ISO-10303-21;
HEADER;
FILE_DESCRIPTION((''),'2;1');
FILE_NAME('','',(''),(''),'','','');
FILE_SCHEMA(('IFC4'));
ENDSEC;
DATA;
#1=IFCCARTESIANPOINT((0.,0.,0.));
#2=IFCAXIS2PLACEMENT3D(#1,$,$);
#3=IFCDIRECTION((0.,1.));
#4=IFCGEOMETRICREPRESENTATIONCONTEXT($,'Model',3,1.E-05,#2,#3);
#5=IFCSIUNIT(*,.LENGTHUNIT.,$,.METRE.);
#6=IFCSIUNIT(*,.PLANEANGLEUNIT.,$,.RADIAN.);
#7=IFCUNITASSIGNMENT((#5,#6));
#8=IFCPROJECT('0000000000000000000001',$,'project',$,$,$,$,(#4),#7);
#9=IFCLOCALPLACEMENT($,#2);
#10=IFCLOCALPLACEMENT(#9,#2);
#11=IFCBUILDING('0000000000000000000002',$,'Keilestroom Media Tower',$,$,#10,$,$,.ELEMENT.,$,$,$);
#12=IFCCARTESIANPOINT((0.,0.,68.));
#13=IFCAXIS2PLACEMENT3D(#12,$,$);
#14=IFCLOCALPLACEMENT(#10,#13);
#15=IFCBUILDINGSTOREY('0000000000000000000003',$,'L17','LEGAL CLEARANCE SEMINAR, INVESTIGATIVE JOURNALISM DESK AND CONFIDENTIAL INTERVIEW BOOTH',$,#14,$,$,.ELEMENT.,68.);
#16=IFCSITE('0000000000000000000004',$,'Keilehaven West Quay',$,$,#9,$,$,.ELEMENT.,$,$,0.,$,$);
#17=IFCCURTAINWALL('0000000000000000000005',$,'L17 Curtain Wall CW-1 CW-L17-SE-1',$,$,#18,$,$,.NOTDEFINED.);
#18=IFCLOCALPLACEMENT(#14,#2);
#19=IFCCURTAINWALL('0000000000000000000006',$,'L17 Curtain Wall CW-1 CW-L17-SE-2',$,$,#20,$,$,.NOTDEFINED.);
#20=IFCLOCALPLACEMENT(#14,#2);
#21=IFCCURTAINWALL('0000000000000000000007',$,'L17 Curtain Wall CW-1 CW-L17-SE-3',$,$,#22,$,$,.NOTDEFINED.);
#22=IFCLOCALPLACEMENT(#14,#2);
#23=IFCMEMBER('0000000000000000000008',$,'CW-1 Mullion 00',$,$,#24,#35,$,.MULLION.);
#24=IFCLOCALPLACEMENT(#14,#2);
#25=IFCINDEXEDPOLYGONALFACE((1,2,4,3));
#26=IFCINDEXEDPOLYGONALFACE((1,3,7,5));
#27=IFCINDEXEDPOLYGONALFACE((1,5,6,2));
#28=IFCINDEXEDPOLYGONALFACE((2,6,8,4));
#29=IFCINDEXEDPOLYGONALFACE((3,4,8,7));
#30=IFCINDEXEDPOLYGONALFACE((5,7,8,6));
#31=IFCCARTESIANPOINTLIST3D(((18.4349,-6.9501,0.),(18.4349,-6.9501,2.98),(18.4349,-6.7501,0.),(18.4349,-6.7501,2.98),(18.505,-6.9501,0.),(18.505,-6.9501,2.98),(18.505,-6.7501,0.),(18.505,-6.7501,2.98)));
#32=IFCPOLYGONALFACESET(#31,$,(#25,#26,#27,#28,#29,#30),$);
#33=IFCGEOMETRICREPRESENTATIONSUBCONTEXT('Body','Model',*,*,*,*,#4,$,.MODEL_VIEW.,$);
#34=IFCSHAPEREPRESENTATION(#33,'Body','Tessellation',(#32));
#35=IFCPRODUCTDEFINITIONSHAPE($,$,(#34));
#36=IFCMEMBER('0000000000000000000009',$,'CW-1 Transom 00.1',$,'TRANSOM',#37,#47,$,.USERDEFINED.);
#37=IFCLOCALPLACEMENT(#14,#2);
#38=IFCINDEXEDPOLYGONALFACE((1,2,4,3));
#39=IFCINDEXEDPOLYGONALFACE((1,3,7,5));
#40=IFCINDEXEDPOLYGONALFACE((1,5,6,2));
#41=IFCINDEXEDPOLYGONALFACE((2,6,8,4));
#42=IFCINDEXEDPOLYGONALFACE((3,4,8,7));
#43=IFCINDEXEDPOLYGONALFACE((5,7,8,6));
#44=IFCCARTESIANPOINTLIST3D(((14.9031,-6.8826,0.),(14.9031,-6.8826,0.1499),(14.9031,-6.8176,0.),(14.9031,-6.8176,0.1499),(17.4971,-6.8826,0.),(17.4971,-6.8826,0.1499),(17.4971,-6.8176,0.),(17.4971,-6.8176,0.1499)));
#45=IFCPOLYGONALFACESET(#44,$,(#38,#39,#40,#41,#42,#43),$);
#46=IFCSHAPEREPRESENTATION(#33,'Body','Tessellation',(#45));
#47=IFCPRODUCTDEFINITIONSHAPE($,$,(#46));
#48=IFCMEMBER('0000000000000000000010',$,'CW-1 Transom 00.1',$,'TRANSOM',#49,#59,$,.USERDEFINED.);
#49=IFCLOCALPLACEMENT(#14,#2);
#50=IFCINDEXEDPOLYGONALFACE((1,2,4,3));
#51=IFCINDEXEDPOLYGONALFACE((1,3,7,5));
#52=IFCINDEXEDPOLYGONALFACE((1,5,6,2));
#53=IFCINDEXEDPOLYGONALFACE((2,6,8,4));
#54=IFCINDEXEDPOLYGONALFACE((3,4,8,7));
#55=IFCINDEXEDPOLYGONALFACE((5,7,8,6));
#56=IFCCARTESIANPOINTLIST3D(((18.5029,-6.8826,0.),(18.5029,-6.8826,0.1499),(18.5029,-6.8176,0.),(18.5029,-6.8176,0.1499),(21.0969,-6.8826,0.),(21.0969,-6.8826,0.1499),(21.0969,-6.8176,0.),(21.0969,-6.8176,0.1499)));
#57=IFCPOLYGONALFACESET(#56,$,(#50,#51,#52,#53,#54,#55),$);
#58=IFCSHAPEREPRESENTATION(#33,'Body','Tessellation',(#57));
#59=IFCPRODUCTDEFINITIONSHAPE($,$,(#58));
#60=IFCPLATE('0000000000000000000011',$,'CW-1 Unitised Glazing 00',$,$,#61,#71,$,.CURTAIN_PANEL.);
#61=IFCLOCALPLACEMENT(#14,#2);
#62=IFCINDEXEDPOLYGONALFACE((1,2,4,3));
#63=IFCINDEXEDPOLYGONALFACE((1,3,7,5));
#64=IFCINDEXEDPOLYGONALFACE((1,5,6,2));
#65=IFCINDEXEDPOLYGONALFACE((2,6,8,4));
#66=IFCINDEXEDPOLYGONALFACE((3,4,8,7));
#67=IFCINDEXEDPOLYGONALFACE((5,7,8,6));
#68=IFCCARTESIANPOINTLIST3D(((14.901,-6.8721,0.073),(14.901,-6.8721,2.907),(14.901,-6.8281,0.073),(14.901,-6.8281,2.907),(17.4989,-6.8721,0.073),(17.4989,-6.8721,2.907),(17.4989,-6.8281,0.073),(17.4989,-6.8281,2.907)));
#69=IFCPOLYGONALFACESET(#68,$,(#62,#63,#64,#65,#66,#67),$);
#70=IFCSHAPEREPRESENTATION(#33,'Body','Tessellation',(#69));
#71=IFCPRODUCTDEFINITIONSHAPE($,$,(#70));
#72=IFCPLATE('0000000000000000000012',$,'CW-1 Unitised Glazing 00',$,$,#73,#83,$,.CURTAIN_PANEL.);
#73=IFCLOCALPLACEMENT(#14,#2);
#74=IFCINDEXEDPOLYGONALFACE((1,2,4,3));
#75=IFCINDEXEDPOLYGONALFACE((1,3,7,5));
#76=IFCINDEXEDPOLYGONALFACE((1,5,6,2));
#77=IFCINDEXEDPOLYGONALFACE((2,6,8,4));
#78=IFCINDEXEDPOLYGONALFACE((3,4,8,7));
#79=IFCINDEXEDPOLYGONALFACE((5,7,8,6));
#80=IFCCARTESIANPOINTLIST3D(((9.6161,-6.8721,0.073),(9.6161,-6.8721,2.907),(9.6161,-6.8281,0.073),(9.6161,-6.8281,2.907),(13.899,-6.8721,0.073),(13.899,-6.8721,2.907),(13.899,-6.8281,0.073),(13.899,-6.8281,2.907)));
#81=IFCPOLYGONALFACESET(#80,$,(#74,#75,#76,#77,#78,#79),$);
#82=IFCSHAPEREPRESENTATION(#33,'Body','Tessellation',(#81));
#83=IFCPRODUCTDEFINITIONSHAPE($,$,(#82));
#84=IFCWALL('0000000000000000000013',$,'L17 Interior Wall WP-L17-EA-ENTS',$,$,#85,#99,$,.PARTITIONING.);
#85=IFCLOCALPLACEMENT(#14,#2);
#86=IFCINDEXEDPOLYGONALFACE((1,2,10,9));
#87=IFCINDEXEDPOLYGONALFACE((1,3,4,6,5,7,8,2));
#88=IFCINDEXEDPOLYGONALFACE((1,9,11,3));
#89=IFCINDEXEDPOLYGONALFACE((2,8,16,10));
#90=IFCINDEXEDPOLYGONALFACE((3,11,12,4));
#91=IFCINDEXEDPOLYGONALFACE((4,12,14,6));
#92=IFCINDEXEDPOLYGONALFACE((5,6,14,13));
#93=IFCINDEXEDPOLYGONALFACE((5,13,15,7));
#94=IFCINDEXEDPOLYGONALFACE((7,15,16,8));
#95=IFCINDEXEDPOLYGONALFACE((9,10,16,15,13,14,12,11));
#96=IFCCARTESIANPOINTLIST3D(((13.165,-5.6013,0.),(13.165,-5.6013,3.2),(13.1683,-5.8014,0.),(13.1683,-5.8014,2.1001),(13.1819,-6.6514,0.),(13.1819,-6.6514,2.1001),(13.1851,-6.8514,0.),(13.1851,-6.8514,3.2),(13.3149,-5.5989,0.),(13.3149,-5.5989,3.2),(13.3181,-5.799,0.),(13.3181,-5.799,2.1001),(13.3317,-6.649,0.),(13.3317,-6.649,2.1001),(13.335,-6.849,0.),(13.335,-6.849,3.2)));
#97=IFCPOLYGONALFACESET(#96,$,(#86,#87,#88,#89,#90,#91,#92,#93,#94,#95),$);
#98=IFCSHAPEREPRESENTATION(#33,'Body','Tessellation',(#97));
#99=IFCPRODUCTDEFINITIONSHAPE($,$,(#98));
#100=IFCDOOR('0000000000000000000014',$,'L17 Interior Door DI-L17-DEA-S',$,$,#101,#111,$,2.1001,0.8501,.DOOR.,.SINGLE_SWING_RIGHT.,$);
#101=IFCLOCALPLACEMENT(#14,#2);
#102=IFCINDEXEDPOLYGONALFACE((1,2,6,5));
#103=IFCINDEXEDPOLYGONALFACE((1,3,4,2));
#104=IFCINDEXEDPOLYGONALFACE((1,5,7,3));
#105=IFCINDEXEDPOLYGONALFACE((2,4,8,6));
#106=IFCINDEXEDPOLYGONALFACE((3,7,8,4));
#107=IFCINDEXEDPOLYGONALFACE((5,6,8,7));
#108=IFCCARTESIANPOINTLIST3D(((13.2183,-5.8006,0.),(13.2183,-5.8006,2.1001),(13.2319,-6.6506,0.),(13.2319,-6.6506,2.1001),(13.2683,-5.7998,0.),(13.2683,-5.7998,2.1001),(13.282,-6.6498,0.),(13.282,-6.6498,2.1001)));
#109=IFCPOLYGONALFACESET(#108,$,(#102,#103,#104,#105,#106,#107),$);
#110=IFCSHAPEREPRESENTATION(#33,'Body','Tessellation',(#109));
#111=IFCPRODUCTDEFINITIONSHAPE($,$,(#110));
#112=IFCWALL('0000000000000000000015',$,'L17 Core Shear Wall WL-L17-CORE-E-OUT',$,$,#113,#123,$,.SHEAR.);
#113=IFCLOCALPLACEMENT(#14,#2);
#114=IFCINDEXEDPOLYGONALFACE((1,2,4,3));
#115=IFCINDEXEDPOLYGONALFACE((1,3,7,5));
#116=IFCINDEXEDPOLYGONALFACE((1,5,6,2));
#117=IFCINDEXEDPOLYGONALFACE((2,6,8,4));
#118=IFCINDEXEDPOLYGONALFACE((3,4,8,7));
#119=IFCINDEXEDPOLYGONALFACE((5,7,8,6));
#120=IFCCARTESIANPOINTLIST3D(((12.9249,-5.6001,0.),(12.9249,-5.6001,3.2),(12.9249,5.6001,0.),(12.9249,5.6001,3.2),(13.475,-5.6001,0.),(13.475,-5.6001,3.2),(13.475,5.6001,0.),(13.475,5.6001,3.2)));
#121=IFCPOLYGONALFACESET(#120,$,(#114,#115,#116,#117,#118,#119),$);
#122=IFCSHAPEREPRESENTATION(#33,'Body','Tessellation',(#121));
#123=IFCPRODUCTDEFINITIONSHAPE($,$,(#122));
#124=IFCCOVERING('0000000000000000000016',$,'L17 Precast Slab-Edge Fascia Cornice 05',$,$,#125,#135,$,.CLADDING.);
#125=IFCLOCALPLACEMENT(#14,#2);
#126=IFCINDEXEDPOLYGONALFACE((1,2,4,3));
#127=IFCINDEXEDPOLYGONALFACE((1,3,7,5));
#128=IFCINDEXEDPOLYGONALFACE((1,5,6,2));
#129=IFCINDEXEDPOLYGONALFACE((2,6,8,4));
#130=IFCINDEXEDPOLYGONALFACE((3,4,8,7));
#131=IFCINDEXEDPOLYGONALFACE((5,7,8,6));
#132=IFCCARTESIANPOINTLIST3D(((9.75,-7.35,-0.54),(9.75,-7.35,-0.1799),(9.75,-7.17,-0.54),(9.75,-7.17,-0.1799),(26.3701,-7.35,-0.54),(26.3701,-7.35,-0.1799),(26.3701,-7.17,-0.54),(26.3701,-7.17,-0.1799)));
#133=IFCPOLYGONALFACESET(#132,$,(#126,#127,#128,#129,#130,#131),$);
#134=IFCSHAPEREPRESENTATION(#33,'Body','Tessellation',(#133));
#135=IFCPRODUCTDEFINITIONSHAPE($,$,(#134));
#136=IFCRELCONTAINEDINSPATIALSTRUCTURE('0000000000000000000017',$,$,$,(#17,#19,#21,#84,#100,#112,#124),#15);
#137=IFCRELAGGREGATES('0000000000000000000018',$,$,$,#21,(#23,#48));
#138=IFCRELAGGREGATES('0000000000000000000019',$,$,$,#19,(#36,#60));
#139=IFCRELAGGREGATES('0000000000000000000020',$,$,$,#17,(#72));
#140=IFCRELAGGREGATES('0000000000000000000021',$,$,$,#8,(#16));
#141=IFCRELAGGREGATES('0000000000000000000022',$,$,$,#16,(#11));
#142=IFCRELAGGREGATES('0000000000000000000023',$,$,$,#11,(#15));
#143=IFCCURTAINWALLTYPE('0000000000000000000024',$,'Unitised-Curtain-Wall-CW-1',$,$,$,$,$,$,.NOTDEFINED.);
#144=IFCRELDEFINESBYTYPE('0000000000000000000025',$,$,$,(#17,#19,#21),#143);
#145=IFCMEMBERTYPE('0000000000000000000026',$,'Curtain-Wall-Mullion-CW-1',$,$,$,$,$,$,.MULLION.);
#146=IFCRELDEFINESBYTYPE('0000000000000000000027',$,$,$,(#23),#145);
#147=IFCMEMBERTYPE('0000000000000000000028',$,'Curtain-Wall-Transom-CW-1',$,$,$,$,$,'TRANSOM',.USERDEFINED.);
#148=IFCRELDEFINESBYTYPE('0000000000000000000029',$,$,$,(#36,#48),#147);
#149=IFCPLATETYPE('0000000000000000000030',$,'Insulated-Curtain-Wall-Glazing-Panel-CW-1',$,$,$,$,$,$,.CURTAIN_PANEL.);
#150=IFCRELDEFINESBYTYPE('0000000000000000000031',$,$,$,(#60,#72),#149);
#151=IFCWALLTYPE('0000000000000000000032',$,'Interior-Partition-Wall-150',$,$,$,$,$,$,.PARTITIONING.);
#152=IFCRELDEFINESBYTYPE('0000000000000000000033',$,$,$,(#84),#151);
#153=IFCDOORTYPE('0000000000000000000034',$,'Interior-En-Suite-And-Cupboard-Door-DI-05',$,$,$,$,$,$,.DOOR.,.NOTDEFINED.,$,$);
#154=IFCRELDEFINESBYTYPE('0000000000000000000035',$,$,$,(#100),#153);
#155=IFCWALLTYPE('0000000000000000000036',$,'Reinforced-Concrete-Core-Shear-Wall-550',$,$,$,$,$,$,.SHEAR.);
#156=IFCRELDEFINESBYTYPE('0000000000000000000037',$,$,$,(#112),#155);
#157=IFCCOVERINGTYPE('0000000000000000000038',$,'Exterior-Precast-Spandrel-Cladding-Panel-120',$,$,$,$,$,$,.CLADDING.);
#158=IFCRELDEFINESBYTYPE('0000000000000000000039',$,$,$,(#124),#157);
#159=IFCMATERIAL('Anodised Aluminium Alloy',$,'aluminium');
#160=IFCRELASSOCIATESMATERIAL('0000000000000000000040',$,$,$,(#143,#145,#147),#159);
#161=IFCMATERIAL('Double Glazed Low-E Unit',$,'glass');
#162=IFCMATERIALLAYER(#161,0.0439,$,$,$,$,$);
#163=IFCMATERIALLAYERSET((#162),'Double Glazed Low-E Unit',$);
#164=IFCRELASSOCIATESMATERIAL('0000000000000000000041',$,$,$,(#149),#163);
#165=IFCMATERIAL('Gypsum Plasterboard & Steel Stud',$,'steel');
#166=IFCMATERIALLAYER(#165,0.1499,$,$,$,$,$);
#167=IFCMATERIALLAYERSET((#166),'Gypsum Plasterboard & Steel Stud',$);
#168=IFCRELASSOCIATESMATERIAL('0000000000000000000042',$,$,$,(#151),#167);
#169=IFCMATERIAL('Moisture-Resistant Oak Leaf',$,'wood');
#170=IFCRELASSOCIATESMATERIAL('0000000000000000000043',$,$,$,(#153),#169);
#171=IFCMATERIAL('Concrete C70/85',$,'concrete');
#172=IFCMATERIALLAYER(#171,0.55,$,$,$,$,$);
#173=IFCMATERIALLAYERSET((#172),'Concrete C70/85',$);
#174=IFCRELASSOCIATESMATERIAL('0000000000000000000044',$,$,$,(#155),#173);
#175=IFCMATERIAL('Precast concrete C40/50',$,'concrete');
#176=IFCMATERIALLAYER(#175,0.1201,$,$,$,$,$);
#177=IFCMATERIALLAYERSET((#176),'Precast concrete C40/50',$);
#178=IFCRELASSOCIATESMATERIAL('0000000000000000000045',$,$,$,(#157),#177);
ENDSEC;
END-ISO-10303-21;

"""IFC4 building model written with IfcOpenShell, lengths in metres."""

from ifc_helpers import new_model, si_unit, direction, frame, frame_2d, origin, origin_2d, place, context, subcontext, project, spatial, rectangle, extrude, source, transform, mapped, material, layer, layer_set, material_profile, profile_set, type_object, element, fill, aggregate, save


model = new_model("IFC4")

# Units and contexts
model_context = context("Model", 3, precision=1e-05, world=origin(), true_north=direction((0.0, 1.0)))
body_context = subcontext(model_context, "Body", "Model", "MODEL_VIEW")
ifc_project = project(units=[si_unit("LENGTHUNIT", "METRE"), si_unit("PLANEANGLEUNIT", "RADIAN")], contexts=[model_context])

# Site, building, storey
site_placement = place(None, origin())
site = spatial("IfcSite", under=ifc_project, at=site_placement, Name="Keilehaven West Quay", CompositionType="ELEMENT", RefElevation=0.0)
building_placement = place(site_placement, origin())
building = spatial("IfcBuilding", under=site, at=building_placement, Name="Keilestroom Media Tower", CompositionType="ELEMENT")
storey_placement = place(building_placement, frame((0.0, 0.0, 68.0)))
storey = spatial("IfcBuildingStorey", under=building, at=storey_placement, Name="L17", Description="LEGAL CLEARANCE SEMINAR, INVESTIGATIVE JOURNALISM DESK AND CONFIDENTIAL INTERVIEW BOOTH", CompositionType="ELEMENT", Elevation=68.0)

# Shared definitions
ifc_material_1 = material(Name="Precast concrete C40/50", Category="concrete")

# Curtain wall
ifc_material_2 = material(Name="Anodised Aluminium Alloy", Category="aluminium")
curtain_wall_type = type_object("IfcCurtainWallType", Name="Unitised-Curtain-Wall-CW-1", PredefinedType="NOTDEFINED", material=ifc_material_2)
curtain_wall_1_placement = place(storey_placement, origin())
curtain_wall_1 = element("IfcCurtainWall", 1, at=curtain_wall_1_placement, inside=storey, type_object=curtain_wall_type, Name="L17 Curtain Wall CW-1 CW-L17-SE-1", PredefinedType="NOTDEFINED")
ifc_material_profile_1 = material_profile(ifc_material_2, rectangle(XDim=0.0701, YDim=0.2, at=origin_2d()), Name="ALU MULLION 70x200")
ifc_profile_set_1 = profile_set([ifc_material_profile_1], Name="Anodised Aluminium Alloy")
member_type_1 = type_object("IfcMemberType", Name="Curtain-Wall-Mullion-CW-1", PredefinedType="MULLION", material=ifc_profile_set_1)
shared_shape_1 = source(origin(), body_context, "Body", "SweptSolid", [
    extrude(rectangle(XDim=0.0701, YDim=0.2, at=origin_2d()), origin(), (0.0, 0.0, 1.0), 2.98),
])

# Curtain wall
curtain_wall_2_placement = place(storey_placement, origin())
curtain_wall_2 = element("IfcCurtainWall", 2, at=curtain_wall_2_placement, inside=storey, type_object=curtain_wall_type, Name="L17 Curtain Wall CW-1 CW-L17-SE-2", PredefinedType="NOTDEFINED")

# Curtain wall, member
curtain_wall_3_placement = place(storey_placement, origin())
curtain_wall_3 = element("IfcCurtainWall", 3, at=curtain_wall_3_placement, inside=storey, type_object=curtain_wall_type, Name="L17 Curtain Wall CW-1 CW-L17-SE-3", PredefinedType="NOTDEFINED")
member_1_placement = place(storey_placement, frame((18.47, -6.8501, 0.0), z_axis=(0.0, 0.0, 1.0), x_axis=(1.0, 0.0, 0.0)))
member_1 = element("IfcMember", 4, at=member_1_placement, type_object=member_type_1, Name="CW-1 Mullion 00", PredefinedType="MULLION", context=body_context, shape_type="MappedRepresentation", body=[
    mapped(shared_shape_1, transform((0.0, 0.0, 0.0), x_axis=(1.0, 0.0, 0.0), y_axis=(0.0, 1.0, 0.0), z_axis=(0.0, 0.0, 1.0), scale=1.0)),
])

# Members
ifc_material_profile_2 = material_profile(ifc_material_2, rectangle(XDim=0.0649, YDim=0.1499, at=origin_2d()), Name="ALU TRANSOM 65x150")
ifc_profile_set_2 = profile_set([ifc_material_profile_2], Name="Anodised Aluminium Alloy")
member_type_2 = type_object("IfcMemberType", Name="Curtain-Wall-Transom-CW-1", ElementType="TRANSOM", PredefinedType="USERDEFINED", material=ifc_profile_set_2)
shared_shape_2 = source(origin(), body_context, "Body", "SweptSolid", [
    extrude(rectangle(XDim=0.0649, YDim=0.1499, at=origin_2d()), origin(), (0.0, 0.0, 1.0), 2.594),
])
member_2_placement = place(storey_placement, frame((14.9031, -6.8501, 0.075), z_axis=(1.0, 0.0, 0.0), x_axis=(0.0, 1.0, 0.0)))
member_2 = element("IfcMember", 5, at=member_2_placement, type_object=member_type_2, Name="CW-1 Transom 00.1", ObjectType="TRANSOM", PredefinedType="USERDEFINED", context=body_context, shape_type="MappedRepresentation", body=[
    mapped(shared_shape_2, transform((0.0, 0.0, 0.0), x_axis=(1.0, 0.0, 0.0), y_axis=(0.0, 1.0, 0.0), z_axis=(0.0, 0.0, 1.0), scale=1.0)),
])
member_3_placement = place(storey_placement, frame((18.5029, -6.8501, 0.075), z_axis=(1.0, 0.0, 0.0), x_axis=(0.0, 1.0, 0.0)))
member_3 = element("IfcMember", 6, at=member_3_placement, type_object=member_type_2, Name="CW-1 Transom 00.1", ObjectType="TRANSOM", PredefinedType="USERDEFINED", context=body_context, shape_type="MappedRepresentation", body=[
    mapped(shared_shape_2, transform((0.0, 0.0, 0.0), x_axis=(1.0, 0.0, 0.0), y_axis=(0.0, 1.0, 0.0), z_axis=(0.0, 0.0, 1.0), scale=1.0)),
])
aggregate(curtain_wall_3, [member_1, member_3])

# Plates
ifc_material_3 = material(Name="Double Glazed Low-E Unit", Category="glass")
ifc_layer_1 = layer(ifc_material_3, 0.0439)
ifc_layer_set_1 = layer_set([ifc_layer_1], Name="Double Glazed Low-E Unit")
plate_type = type_object("IfcPlateType", Name="Insulated-Curtain-Wall-Glazing-Panel-CW-1", PredefinedType="CURTAIN_PANEL", material=ifc_layer_set_1)
shared_shape_3 = source(origin(), body_context, "Body", "SweptSolid", [
    extrude(rectangle(XDim=2.5979, YDim=0.0439, at=origin_2d()), origin(), (0.0, 0.0, 1.0), 2.834),
])
plate_1_placement = place(storey_placement, frame((16.2, -6.8501, 0.073), z_axis=(0.0, 0.0, 1.0), x_axis=(1.0, 0.0, 0.0)))
plate_1 = element("IfcPlate", 7, at=plate_1_placement, type_object=plate_type, Name="CW-1 Unitised Glazing 00", PredefinedType="CURTAIN_PANEL", context=body_context, shape_type="MappedRepresentation", body=[
    mapped(shared_shape_3, transform((0.0, 0.0, 0.0), x_axis=(1.0, 0.0, 0.0), y_axis=(0.0, 1.0, 0.0), z_axis=(0.0, 0.0, 1.0), scale=1.0)),
])
aggregate(curtain_wall_2, [member_2, plate_1])
shared_shape_4 = source(origin(), body_context, "Body", "SweptSolid", [
    extrude(rectangle(XDim=4.283, YDim=0.0439, at=origin_2d()), origin(), (0.0, 0.0, 1.0), 2.834),
])
plate_2_placement = place(storey_placement, frame((11.7576, -6.8501, 0.073), z_axis=(0.0, 0.0, 1.0), x_axis=(1.0, 0.0, 0.0)))
plate_2 = element("IfcPlate", 8, at=plate_2_placement, type_object=plate_type, Name="CW-1 Unitised Glazing 00", PredefinedType="CURTAIN_PANEL", context=body_context, shape_type="MappedRepresentation", body=[
    mapped(shared_shape_4, transform((0.0, 0.0, 0.0), x_axis=(1.0, 0.0, 0.0), y_axis=(0.0, 1.0, 0.0), z_axis=(0.0, 0.0, 1.0), scale=1.0)),
])
aggregate(curtain_wall_1, [plate_2])

# Wall, opening, door
ifc_material_4 = material(Name="Gypsum Plasterboard & Steel Stud", Category="steel")
ifc_layer_2 = layer(ifc_material_4, 0.1499)
ifc_layer_set_2 = layer_set([ifc_layer_2], Name="Gypsum Plasterboard & Steel Stud")
wall_type_1 = type_object("IfcWallType", Name="Interior-Partition-Wall-150", PredefinedType="PARTITIONING", material=ifc_layer_set_2)
wall_1_placement = place(storey_placement, frame((13.26, -6.8501, 0.0), z_axis=(0.0, 0.0, 1.0), x_axis=(-0.016014, 0.999872, 0.0)))
wall_1 = element("IfcWall", 9, at=wall_1_placement, inside=storey, type_object=wall_type_1, Name="L17 Interior Wall WP-L17-EA-ENTS", PredefinedType="PARTITIONING", context=body_context, shape_type="SweptSolid", body=[
    extrude(rectangle(XDim=1.2502, YDim=0.1499, at=frame_2d((0.625, 0.0))), origin(), (0.0, 0.0, 1.0), 3.2),
])
opening_placement = place(wall_1_placement, frame((0.2, 0.0, 0.0)))
opening = element("IfcOpeningElement", 10, at=opening_placement, cuts=wall_1, PredefinedType="OPENING", context=body_context, shape_type="SweptSolid", body=[
    extrude(rectangle(XDim=0.8501, YDim=2.1001, at=frame_2d((0.425, 1.05))), frame((0.0, 0.085, 0.0), z_axis=(0.0, -1.0, 0.0), x_axis=(1.0, 0.0, 0.0)), (0.0, 0.0, 1.0), 0.1699),
])
ifc_material_5 = material(Name="Moisture-Resistant Oak Leaf", Category="wood")
door_type = type_object("IfcDoorType", Name="Interior-En-Suite-And-Cupboard-Door-DI-05", OperationType="NOTDEFINED", PredefinedType="DOOR", material=ifc_material_5)
shared_shape_5 = source(origin(), body_context, "Body", "SweptSolid", [
    extrude(rectangle(XDim=0.8501, YDim=2.1001, at=frame_2d((0.425, 1.05))), frame((0.0, 0.0249, 0.0), z_axis=(0.0, -1.0, 0.0), x_axis=(1.0, 0.0, 0.0)), (0.0, 0.0, 1.0), 0.05),
])
door_placement = place(opening_placement, origin())
door = element("IfcDoor", 11, at=door_placement, inside=storey, type_object=door_type, Name="L17 Interior Door DI-L17-DEA-S", OperationType="SINGLE_SWING_RIGHT", OverallHeight=2.1001, OverallWidth=0.8501, PredefinedType="DOOR", context=body_context, shape_type="MappedRepresentation", body=[
    mapped(shared_shape_5, transform((0.0, 0.0, 0.0), x_axis=(1.0, 0.0, 0.0), y_axis=(0.0, 1.0, 0.0), z_axis=(0.0, 0.0, 1.0), scale=1.0)),
])
fill(opening, door)

# Wall
ifc_material_6 = material(Name="Concrete C70/85", Category="concrete")
ifc_layer_3 = layer(ifc_material_6, 0.55)
ifc_layer_set_3 = layer_set([ifc_layer_3], Name="Concrete C70/85")
wall_type_2 = type_object("IfcWallType", Name="Reinforced-Concrete-Core-Shear-Wall-550", PredefinedType="SHEAR", material=ifc_layer_set_3)
wall_2_placement = place(storey_placement, frame((13.2, -5.6001, 0.0), z_axis=(0.0, 0.0, 1.0), x_axis=(0.0, 1.0, 0.0)))
element("IfcWall", 12, at=wall_2_placement, inside=storey, type_object=wall_type_2, Name="L17 Core Shear Wall WL-L17-CORE-E-OUT", PredefinedType="SHEAR", context=body_context, shape_type="SweptSolid", body=[
    extrude(rectangle(XDim=11.2002, YDim=0.55, at=frame_2d((5.6001, 0.0))), origin(), (0.0, 0.0, 1.0), 3.2),
])

# Covering
ifc_layer_4 = layer(ifc_material_1, 0.1201)
ifc_layer_set_4 = layer_set([ifc_layer_4], Name="Precast concrete C40/50")
covering_type = type_object("IfcCoveringType", Name="Exterior-Precast-Spandrel-Cladding-Panel-120", PredefinedType="CLADDING", material=ifc_layer_set_4)
shared_shape_6 = source(origin(), body_context, "Body", "SweptSolid", [
    extrude(rectangle(XDim=16.6201, YDim=0.1799, at=origin_2d()), origin(), (0.0, 0.0, 1.0), 0.3601),
])
covering_placement = place(storey_placement, frame((18.0601, -7.26, -0.54), z_axis=(0.0, 0.0, 1.0), x_axis=(-1.0, 0.0, 0.0)))
element("IfcCovering", 13, at=covering_placement, inside=storey, type_object=covering_type, Name="L17 Precast Slab-Edge Fascia Cornice 05", PredefinedType="CLADDING", context=body_context, shape_type="MappedRepresentation", body=[
    mapped(shared_shape_6, transform((0.0, 0.0, 0.0), x_axis=(1.0, 0.0, 0.0), y_axis=(0.0, 1.0, 0.0), z_axis=(0.0, 0.0, 1.0), scale=1.0)),
])

save(model, "model.ifc")
